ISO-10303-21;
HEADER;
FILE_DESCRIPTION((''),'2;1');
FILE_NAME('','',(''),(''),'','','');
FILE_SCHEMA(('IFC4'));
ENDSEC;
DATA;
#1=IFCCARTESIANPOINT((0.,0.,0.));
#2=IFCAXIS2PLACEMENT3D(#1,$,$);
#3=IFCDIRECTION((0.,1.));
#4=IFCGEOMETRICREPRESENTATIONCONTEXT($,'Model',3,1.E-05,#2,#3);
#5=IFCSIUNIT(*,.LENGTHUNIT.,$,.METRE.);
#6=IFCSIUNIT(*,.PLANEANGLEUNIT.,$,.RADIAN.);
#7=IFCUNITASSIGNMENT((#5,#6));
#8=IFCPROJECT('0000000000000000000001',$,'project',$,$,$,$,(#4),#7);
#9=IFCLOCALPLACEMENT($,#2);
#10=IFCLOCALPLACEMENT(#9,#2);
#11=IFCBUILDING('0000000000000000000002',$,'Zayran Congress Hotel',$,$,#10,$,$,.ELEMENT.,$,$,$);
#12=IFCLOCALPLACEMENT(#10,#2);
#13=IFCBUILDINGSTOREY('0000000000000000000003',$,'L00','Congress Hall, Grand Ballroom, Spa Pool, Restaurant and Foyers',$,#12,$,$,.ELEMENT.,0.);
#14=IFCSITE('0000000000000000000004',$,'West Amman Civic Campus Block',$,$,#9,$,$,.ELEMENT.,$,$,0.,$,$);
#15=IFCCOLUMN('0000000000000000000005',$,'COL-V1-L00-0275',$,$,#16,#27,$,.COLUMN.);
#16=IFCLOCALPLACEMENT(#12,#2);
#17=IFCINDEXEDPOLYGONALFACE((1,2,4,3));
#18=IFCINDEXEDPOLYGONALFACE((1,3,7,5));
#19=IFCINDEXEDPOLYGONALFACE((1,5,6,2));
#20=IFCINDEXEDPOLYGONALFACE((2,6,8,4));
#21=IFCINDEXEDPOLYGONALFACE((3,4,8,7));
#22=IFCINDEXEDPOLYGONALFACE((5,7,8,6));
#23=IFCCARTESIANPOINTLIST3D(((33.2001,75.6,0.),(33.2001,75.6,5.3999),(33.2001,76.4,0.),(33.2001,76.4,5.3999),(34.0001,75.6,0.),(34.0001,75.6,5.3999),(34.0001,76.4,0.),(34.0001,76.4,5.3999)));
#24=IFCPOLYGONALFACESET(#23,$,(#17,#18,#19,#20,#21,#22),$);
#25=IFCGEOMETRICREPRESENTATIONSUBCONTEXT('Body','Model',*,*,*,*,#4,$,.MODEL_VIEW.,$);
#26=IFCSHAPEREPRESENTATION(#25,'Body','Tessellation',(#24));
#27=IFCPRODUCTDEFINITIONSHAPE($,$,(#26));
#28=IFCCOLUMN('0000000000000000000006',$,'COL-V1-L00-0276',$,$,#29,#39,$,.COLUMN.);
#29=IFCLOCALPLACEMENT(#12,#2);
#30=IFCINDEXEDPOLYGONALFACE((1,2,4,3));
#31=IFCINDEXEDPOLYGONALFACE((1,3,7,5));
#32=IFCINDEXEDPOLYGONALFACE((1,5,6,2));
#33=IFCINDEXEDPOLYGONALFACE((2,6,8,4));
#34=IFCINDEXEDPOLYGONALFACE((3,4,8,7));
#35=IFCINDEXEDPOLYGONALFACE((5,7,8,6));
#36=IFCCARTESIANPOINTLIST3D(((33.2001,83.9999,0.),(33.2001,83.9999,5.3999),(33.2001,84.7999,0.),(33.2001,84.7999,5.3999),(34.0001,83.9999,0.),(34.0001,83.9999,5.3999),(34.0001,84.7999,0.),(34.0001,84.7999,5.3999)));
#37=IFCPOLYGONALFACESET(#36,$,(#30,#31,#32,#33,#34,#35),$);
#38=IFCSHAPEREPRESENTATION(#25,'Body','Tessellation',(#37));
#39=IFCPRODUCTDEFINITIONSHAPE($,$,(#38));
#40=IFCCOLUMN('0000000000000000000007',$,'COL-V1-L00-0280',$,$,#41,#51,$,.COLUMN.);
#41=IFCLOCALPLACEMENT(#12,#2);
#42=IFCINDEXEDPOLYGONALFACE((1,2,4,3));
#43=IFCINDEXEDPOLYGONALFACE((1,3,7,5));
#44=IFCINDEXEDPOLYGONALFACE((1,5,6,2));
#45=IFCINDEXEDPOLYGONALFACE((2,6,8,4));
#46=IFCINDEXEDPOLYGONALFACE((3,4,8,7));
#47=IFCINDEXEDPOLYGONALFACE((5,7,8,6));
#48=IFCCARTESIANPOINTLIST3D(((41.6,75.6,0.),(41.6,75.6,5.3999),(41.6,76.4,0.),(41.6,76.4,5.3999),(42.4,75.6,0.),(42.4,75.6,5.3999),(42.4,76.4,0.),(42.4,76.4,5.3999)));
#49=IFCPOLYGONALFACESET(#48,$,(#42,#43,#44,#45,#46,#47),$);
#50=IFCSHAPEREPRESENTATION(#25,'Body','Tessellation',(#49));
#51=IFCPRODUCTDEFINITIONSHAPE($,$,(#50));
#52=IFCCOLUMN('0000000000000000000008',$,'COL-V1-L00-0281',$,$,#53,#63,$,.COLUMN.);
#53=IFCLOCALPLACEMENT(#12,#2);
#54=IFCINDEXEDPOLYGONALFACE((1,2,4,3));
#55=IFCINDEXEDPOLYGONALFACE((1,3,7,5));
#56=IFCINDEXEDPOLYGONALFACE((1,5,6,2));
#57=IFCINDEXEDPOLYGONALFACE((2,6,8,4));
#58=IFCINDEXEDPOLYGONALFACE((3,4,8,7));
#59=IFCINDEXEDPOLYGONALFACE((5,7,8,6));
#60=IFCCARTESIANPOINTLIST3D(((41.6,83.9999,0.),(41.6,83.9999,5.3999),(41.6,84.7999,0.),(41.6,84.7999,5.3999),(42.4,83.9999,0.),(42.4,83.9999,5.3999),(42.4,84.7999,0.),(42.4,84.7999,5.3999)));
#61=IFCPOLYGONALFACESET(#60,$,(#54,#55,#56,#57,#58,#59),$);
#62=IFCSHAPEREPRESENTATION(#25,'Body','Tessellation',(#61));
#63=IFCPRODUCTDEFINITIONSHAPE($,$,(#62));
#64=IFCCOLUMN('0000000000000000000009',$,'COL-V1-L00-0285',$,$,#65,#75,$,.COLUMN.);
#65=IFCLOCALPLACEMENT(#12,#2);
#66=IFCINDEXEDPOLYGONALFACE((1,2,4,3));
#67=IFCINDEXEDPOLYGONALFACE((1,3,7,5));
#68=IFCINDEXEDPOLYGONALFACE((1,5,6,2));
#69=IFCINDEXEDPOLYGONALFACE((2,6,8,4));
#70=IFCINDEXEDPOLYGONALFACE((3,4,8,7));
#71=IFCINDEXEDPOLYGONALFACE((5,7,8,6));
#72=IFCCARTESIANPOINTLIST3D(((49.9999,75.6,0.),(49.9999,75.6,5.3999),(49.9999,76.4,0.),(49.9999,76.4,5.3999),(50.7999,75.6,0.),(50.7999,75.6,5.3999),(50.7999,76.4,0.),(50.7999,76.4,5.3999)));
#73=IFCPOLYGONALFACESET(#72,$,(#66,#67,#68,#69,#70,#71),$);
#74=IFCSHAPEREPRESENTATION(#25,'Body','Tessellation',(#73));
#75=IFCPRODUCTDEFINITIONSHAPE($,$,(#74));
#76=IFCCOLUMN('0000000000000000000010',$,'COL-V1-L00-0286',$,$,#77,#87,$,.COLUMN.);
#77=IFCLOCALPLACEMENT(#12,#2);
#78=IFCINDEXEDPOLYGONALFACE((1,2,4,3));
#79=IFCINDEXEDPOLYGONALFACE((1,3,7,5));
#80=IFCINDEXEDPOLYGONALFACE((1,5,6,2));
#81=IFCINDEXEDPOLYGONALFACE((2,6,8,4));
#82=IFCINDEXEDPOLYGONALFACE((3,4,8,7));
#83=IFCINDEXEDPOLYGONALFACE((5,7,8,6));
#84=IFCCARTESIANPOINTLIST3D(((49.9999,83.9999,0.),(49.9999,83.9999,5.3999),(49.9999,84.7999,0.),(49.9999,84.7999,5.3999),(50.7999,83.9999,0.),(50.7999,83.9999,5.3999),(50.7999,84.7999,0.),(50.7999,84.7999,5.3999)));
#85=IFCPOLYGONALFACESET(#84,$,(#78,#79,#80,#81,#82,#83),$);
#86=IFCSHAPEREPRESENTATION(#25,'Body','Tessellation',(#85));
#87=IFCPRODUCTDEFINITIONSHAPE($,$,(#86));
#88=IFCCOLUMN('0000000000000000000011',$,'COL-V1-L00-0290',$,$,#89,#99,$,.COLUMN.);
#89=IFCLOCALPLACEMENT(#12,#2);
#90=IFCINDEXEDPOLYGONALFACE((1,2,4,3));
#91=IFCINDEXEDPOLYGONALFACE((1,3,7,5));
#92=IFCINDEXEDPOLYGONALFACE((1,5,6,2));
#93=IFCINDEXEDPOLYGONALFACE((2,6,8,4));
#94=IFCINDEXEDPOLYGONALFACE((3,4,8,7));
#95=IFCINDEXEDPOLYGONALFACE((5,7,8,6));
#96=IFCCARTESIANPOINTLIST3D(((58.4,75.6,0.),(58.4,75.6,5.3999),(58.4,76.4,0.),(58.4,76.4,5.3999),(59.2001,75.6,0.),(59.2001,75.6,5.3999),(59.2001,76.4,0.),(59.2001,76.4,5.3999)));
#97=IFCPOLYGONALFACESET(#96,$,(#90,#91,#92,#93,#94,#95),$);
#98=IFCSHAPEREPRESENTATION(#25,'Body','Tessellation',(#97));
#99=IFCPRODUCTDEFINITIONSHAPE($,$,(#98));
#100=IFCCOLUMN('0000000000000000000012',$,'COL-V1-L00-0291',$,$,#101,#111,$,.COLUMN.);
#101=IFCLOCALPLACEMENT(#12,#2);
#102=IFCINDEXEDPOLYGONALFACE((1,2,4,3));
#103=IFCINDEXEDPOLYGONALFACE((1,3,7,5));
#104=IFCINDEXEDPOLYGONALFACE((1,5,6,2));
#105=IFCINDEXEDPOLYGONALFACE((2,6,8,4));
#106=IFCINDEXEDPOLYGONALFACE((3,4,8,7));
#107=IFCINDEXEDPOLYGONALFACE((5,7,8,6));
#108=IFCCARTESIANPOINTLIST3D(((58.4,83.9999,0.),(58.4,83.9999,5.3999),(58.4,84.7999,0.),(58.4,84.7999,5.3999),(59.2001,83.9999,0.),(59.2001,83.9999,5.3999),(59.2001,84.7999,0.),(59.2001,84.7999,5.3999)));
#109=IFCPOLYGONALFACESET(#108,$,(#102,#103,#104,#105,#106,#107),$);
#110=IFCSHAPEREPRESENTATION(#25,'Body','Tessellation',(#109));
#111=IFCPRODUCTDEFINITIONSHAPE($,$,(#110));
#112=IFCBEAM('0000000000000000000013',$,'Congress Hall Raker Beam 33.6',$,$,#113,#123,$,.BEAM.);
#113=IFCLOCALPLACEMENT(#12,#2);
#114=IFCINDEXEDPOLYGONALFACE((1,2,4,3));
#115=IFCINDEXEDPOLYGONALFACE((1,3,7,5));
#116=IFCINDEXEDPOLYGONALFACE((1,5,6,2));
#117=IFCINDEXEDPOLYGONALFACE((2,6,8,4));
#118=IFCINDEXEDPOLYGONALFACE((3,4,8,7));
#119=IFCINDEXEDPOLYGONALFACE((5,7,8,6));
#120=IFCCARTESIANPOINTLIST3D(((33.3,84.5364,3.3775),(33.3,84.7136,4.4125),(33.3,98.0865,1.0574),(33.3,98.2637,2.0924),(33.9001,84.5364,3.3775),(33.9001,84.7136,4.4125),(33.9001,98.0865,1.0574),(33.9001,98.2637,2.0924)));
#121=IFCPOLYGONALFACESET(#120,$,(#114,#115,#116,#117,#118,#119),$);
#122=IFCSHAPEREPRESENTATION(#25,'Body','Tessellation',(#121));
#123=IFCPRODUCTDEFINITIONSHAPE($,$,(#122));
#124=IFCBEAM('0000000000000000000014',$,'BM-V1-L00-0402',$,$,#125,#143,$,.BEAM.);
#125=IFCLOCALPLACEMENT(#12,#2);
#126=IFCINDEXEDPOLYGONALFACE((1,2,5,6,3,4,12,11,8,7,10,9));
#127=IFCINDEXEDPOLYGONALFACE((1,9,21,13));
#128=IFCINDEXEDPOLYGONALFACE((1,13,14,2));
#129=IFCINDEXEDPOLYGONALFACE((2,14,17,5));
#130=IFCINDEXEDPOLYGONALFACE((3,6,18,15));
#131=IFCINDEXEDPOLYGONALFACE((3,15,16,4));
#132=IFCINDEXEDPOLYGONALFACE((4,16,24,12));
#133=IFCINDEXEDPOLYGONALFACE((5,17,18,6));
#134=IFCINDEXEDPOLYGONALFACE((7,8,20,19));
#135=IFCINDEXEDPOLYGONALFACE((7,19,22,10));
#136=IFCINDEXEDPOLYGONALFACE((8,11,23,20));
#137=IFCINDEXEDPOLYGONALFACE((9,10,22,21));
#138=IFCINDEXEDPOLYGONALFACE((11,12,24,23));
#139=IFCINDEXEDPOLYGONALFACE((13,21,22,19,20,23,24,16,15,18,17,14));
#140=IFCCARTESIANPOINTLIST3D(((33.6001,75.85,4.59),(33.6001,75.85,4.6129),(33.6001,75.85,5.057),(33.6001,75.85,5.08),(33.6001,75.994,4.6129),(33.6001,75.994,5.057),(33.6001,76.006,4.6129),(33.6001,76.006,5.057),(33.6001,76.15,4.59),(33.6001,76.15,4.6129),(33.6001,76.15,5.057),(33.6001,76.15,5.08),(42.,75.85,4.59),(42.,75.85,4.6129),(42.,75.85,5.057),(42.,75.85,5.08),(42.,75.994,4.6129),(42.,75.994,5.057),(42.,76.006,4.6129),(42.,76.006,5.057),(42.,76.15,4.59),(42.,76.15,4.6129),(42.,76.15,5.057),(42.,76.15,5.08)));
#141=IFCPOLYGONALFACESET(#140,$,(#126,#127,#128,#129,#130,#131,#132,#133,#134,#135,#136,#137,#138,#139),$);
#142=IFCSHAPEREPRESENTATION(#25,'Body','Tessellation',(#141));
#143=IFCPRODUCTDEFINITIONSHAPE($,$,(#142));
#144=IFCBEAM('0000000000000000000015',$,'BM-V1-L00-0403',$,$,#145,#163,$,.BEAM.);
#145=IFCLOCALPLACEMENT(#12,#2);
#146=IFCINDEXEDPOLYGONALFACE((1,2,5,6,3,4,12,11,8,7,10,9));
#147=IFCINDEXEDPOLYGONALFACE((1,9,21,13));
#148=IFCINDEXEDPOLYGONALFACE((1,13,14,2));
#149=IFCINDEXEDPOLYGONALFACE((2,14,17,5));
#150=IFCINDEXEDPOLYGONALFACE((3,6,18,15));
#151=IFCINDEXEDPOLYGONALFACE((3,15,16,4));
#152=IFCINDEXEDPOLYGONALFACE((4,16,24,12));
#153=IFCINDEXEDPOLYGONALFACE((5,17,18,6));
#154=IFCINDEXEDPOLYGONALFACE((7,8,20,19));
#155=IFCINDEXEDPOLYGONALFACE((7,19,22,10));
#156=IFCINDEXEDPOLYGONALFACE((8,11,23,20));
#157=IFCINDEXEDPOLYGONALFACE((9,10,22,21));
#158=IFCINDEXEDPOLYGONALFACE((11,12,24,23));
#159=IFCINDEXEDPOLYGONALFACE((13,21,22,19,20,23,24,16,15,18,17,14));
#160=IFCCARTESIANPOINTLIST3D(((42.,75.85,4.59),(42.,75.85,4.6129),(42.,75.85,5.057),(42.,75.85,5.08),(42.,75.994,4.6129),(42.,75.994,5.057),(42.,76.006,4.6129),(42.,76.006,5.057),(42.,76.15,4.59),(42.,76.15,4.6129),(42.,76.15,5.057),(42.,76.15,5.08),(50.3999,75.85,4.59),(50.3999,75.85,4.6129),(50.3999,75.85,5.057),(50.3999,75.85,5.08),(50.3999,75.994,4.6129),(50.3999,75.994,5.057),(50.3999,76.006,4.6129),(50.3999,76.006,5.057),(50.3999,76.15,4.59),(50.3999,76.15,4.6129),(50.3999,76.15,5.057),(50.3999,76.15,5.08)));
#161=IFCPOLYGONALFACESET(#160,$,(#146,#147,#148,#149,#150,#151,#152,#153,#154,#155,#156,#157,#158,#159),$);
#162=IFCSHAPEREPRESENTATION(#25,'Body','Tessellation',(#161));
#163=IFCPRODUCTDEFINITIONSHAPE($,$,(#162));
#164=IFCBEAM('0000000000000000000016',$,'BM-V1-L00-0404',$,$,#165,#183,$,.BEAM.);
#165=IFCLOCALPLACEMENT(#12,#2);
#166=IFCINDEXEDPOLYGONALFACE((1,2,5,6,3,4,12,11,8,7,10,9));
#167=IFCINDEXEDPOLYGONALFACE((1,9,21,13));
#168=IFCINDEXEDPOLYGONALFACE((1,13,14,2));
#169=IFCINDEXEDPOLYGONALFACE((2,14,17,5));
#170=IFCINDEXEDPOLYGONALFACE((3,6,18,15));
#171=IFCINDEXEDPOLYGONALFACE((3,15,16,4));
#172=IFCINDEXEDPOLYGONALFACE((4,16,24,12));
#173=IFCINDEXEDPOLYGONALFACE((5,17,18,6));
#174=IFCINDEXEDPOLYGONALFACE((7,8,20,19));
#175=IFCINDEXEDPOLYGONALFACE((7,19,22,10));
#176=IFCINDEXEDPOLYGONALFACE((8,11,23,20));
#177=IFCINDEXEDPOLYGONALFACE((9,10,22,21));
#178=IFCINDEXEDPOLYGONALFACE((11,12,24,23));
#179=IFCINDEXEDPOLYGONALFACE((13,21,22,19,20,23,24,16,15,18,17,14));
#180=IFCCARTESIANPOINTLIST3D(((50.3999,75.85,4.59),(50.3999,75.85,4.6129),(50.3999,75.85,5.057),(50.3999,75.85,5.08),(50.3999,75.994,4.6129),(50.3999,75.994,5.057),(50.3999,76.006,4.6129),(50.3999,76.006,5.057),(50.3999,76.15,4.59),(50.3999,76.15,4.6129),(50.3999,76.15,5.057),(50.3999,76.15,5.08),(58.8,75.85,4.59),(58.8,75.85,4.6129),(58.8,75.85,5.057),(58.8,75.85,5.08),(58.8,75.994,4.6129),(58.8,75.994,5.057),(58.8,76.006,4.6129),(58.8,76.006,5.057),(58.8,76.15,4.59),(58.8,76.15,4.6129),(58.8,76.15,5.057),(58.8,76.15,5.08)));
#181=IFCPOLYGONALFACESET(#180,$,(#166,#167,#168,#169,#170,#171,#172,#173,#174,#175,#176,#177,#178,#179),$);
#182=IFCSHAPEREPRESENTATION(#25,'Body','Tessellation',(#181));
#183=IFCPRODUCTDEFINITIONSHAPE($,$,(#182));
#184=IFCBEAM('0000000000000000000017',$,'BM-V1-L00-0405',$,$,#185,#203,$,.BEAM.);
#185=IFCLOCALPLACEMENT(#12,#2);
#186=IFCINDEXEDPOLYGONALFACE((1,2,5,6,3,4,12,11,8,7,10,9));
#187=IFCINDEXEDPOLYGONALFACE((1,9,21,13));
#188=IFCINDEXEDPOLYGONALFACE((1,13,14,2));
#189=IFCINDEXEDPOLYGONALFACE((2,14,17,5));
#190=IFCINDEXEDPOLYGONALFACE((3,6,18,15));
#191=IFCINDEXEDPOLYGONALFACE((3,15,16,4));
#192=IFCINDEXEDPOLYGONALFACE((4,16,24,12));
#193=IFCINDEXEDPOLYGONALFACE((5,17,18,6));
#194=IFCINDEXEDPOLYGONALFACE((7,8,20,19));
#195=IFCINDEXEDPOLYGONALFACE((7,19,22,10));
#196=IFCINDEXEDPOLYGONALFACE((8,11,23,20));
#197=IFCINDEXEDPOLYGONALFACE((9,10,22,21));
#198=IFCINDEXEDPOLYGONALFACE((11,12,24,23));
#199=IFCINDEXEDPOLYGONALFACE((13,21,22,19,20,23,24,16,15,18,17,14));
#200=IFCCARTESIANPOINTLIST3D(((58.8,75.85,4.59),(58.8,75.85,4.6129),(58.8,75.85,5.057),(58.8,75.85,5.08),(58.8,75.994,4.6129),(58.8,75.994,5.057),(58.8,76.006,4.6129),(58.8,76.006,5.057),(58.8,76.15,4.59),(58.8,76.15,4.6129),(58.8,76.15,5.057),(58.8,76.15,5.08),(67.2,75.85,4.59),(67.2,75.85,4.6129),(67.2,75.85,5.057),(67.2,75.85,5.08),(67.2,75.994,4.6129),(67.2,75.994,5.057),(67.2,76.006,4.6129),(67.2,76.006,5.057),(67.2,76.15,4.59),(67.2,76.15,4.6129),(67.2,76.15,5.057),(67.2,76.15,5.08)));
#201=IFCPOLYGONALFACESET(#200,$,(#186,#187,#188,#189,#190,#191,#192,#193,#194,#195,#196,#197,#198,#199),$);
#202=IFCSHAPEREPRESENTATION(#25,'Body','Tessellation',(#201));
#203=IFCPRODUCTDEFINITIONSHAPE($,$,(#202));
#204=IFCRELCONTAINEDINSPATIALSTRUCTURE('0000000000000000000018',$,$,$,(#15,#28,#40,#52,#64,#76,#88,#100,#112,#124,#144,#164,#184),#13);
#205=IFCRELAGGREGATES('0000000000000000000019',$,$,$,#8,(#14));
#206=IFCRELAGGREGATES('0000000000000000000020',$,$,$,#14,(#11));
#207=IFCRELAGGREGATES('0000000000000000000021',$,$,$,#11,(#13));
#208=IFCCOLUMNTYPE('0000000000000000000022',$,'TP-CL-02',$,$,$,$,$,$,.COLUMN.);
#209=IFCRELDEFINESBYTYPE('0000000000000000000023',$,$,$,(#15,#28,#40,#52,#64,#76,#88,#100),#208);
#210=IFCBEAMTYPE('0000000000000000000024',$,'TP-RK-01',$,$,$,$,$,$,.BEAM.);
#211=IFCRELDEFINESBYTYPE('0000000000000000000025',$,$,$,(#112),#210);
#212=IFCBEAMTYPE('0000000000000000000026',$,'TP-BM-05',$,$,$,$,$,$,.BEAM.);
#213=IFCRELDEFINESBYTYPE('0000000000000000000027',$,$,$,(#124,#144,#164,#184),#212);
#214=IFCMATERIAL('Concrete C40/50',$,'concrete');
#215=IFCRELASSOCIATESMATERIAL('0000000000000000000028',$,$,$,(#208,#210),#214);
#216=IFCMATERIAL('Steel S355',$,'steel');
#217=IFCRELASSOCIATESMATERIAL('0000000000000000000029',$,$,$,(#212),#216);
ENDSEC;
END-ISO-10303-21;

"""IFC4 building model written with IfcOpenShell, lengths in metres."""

from ifc_helpers import new_model, si_unit, direction, frame, origin, origin_2d, place, context, subcontext, project, spatial, rectangle, i_section, extrude, material, material_profile, profile_set, type_object, element, save


model = new_model("IFC4")

# Units and contexts
model_context = context("Model", 3, precision=1e-05, world=origin(), true_north=direction((0.0, 1.0)))
body_context = subcontext(model_context, "Body", "Model", "MODEL_VIEW")
ifc_project = project(units=[si_unit("LENGTHUNIT", "METRE"), si_unit("PLANEANGLEUNIT", "RADIAN")], contexts=[model_context])

# Site, building, storey
site_placement = place(None, origin())
site = spatial("IfcSite", under=ifc_project, at=site_placement, Name="West Amman Civic Campus Block", CompositionType="ELEMENT", RefElevation=0.0)
building_placement = place(site_placement, origin())
building = spatial("IfcBuilding", under=site, at=building_placement, Name="Zayran Congress Hotel", CompositionType="ELEMENT")
storey_placement = place(building_placement, origin())
storey = spatial("IfcBuildingStorey", under=building, at=storey_placement, Name="L00", Description="Congress Hall, Grand Ballroom, Spa Pool, Restaurant and Foyers", CompositionType="ELEMENT", Elevation=0.0)

# Columns
ifc_material_1 = material(Name="Concrete C40/50", Category="concrete")
ifc_material_profile_1 = material_profile(ifc_material_1, rectangle(XDim=0.8, YDim=0.8, at=origin_2d()), Name="RC 800x800")
ifc_profile_set_1 = profile_set([ifc_material_profile_1], Name="Concrete C40/50")
column_type = type_object("IfcColumnType", Name="TP-CL-02", PredefinedType="COLUMN", material=ifc_profile_set_1)
for number, where, z_axis, x_axis, name in (
    (1, (33.6001, 76.0, 0.0), (0.0, 0.0, 1.0), (1.0, 0.0, 0.0), "COL-V1-L00-0275"),
    (2, (33.6001, 84.3999, 0.0), (0.0, 0.0, 1.0), (1.0, 0.0, 0.0), "COL-V1-L00-0276"),
    (3, (42.0, 76.0, 0.0), (0.0, 0.0, 1.0), (1.0, 0.0, 0.0), "COL-V1-L00-0280"),
    (4, (42.0, 84.3999, 0.0), (0.0, 0.0, 1.0), (1.0, 0.0, 0.0), "COL-V1-L00-0281"),
    (5, (50.3999, 76.0, 0.0), (0.0, 0.0, 1.0), (1.0, 0.0, 0.0), "COL-V1-L00-0285"),
    (6, (50.3999, 84.3999, 0.0), (0.0, 0.0, 1.0), (1.0, 0.0, 0.0), "COL-V1-L00-0286"),
    (7, (58.8, 76.0, 0.0), (0.0, 0.0, 1.0), (1.0, 0.0, 0.0), "COL-V1-L00-0290"),
    (8, (58.8, 84.3999, 0.0), (0.0, 0.0, 1.0), (1.0, 0.0, 0.0), "COL-V1-L00-0291"),
):
    element("IfcColumn", number, at=place(storey_placement, frame(where, z_axis=z_axis, x_axis=x_axis)), inside=storey, type_object=column_type, Name=name, PredefinedType="COLUMN", context=body_context, shape_type="SweptSolid", body=[
        extrude(rectangle(XDim=0.8, YDim=0.8, at=origin_2d()), origin(), (0.0, 0.0, 1.0), 5.3999),
    ])

# Beams
ifc_material_profile_2 = material_profile(ifc_material_1, rectangle(XDim=0.6001, YDim=1.05, at=origin_2d()), Name="RC 600x1050")
ifc_profile_set_2 = profile_set([ifc_material_profile_2], Name="Concrete C40/50")
beam_type_1 = type_object("IfcBeamType", Name="TP-RK-01", PredefinedType="BEAM", material=ifc_profile_set_2)
beam_1_placement = place(storey_placement, frame((33.6001, 84.625, 3.895), z_axis=(0.0, 0.985656, -0.168766), x_axis=(-1.0, 0.0, 0.0)))
element("IfcBeam", 9, at=beam_1_placement, inside=storey, type_object=beam_type_1, Name="Congress Hall Raker Beam 33.6", PredefinedType="BEAM", context=body_context, shape_type="SweptSolid", body=[
    extrude(rectangle(XDim=0.6001, YDim=1.05, at=origin_2d()), origin(), (0.0, 0.0, 1.0), 13.7473),
])
ifc_material_2 = material(Name="Steel S355", Category="steel")
ifc_material_profile_3 = material_profile(ifc_material_2, i_section(OverallWidth=0.3, OverallDepth=0.49, WebThickness=0.012, FlangeThickness=0.0229, at=origin_2d()), Name="HEA 500")
ifc_profile_set_3 = profile_set([ifc_material_profile_3], Name="Steel S355")
beam_type_2 = type_object("IfcBeamType", Name="TP-BM-05", PredefinedType="BEAM", material=ifc_profile_set_3)
for number, where, z_axis, x_axis, name in (
    (10, (33.6001, 76.0, 4.835), (1.0, 0.0, 0.0), (0.0, 1.0, 0.0), "BM-V1-L00-0402"),
    (11, (42.0, 76.0, 4.835), (1.0, 0.0, 0.0), (0.0, 1.0, 0.0), "BM-V1-L00-0403"),
):
    element("IfcBeam", number, at=place(storey_placement, frame(where, z_axis=z_axis, x_axis=x_axis)), inside=storey, type_object=beam_type_2, Name=name, PredefinedType="BEAM", context=body_context, shape_type="SweptSolid", body=[
        extrude(i_section(OverallWidth=0.3, OverallDepth=0.49, WebThickness=0.012, FlangeThickness=0.0229, at=origin_2d()), origin(), (0.0, 0.0, 1.0), 8.3999),
    ])
beam_2_placement = place(storey_placement, frame((50.3999, 76.0, 4.835), z_axis=(1.0, 0.0, 0.0), x_axis=(0.0, 1.0, 0.0)))
element("IfcBeam", 12, at=beam_2_placement, inside=storey, type_object=beam_type_2, Name="BM-V1-L00-0404", PredefinedType="BEAM", context=body_context, shape_type="SweptSolid", body=[
    extrude(i_section(OverallWidth=0.3, OverallDepth=0.49, WebThickness=0.012, FlangeThickness=0.0229, at=origin_2d()), origin(), (0.0, 0.0, 1.0), 8.4001),
])
for number, where, z_axis, x_axis, name in (
    (13, (58.8, 76.0, 4.835), (1.0, 0.0, 0.0), (0.0, 1.0, 0.0), "BM-V1-L00-0405"),
):
    element("IfcBeam", number, at=place(storey_placement, frame(where, z_axis=z_axis, x_axis=x_axis)), inside=storey, type_object=beam_type_2, Name=name, PredefinedType="BEAM", context=body_context, shape_type="SweptSolid", body=[
        extrude(i_section(OverallWidth=0.3, OverallDepth=0.49, WebThickness=0.012, FlangeThickness=0.0229, at=origin_2d()), origin(), (0.0, 0.0, 1.0), 8.3999),
    ])

save(model, "model.ifc")
